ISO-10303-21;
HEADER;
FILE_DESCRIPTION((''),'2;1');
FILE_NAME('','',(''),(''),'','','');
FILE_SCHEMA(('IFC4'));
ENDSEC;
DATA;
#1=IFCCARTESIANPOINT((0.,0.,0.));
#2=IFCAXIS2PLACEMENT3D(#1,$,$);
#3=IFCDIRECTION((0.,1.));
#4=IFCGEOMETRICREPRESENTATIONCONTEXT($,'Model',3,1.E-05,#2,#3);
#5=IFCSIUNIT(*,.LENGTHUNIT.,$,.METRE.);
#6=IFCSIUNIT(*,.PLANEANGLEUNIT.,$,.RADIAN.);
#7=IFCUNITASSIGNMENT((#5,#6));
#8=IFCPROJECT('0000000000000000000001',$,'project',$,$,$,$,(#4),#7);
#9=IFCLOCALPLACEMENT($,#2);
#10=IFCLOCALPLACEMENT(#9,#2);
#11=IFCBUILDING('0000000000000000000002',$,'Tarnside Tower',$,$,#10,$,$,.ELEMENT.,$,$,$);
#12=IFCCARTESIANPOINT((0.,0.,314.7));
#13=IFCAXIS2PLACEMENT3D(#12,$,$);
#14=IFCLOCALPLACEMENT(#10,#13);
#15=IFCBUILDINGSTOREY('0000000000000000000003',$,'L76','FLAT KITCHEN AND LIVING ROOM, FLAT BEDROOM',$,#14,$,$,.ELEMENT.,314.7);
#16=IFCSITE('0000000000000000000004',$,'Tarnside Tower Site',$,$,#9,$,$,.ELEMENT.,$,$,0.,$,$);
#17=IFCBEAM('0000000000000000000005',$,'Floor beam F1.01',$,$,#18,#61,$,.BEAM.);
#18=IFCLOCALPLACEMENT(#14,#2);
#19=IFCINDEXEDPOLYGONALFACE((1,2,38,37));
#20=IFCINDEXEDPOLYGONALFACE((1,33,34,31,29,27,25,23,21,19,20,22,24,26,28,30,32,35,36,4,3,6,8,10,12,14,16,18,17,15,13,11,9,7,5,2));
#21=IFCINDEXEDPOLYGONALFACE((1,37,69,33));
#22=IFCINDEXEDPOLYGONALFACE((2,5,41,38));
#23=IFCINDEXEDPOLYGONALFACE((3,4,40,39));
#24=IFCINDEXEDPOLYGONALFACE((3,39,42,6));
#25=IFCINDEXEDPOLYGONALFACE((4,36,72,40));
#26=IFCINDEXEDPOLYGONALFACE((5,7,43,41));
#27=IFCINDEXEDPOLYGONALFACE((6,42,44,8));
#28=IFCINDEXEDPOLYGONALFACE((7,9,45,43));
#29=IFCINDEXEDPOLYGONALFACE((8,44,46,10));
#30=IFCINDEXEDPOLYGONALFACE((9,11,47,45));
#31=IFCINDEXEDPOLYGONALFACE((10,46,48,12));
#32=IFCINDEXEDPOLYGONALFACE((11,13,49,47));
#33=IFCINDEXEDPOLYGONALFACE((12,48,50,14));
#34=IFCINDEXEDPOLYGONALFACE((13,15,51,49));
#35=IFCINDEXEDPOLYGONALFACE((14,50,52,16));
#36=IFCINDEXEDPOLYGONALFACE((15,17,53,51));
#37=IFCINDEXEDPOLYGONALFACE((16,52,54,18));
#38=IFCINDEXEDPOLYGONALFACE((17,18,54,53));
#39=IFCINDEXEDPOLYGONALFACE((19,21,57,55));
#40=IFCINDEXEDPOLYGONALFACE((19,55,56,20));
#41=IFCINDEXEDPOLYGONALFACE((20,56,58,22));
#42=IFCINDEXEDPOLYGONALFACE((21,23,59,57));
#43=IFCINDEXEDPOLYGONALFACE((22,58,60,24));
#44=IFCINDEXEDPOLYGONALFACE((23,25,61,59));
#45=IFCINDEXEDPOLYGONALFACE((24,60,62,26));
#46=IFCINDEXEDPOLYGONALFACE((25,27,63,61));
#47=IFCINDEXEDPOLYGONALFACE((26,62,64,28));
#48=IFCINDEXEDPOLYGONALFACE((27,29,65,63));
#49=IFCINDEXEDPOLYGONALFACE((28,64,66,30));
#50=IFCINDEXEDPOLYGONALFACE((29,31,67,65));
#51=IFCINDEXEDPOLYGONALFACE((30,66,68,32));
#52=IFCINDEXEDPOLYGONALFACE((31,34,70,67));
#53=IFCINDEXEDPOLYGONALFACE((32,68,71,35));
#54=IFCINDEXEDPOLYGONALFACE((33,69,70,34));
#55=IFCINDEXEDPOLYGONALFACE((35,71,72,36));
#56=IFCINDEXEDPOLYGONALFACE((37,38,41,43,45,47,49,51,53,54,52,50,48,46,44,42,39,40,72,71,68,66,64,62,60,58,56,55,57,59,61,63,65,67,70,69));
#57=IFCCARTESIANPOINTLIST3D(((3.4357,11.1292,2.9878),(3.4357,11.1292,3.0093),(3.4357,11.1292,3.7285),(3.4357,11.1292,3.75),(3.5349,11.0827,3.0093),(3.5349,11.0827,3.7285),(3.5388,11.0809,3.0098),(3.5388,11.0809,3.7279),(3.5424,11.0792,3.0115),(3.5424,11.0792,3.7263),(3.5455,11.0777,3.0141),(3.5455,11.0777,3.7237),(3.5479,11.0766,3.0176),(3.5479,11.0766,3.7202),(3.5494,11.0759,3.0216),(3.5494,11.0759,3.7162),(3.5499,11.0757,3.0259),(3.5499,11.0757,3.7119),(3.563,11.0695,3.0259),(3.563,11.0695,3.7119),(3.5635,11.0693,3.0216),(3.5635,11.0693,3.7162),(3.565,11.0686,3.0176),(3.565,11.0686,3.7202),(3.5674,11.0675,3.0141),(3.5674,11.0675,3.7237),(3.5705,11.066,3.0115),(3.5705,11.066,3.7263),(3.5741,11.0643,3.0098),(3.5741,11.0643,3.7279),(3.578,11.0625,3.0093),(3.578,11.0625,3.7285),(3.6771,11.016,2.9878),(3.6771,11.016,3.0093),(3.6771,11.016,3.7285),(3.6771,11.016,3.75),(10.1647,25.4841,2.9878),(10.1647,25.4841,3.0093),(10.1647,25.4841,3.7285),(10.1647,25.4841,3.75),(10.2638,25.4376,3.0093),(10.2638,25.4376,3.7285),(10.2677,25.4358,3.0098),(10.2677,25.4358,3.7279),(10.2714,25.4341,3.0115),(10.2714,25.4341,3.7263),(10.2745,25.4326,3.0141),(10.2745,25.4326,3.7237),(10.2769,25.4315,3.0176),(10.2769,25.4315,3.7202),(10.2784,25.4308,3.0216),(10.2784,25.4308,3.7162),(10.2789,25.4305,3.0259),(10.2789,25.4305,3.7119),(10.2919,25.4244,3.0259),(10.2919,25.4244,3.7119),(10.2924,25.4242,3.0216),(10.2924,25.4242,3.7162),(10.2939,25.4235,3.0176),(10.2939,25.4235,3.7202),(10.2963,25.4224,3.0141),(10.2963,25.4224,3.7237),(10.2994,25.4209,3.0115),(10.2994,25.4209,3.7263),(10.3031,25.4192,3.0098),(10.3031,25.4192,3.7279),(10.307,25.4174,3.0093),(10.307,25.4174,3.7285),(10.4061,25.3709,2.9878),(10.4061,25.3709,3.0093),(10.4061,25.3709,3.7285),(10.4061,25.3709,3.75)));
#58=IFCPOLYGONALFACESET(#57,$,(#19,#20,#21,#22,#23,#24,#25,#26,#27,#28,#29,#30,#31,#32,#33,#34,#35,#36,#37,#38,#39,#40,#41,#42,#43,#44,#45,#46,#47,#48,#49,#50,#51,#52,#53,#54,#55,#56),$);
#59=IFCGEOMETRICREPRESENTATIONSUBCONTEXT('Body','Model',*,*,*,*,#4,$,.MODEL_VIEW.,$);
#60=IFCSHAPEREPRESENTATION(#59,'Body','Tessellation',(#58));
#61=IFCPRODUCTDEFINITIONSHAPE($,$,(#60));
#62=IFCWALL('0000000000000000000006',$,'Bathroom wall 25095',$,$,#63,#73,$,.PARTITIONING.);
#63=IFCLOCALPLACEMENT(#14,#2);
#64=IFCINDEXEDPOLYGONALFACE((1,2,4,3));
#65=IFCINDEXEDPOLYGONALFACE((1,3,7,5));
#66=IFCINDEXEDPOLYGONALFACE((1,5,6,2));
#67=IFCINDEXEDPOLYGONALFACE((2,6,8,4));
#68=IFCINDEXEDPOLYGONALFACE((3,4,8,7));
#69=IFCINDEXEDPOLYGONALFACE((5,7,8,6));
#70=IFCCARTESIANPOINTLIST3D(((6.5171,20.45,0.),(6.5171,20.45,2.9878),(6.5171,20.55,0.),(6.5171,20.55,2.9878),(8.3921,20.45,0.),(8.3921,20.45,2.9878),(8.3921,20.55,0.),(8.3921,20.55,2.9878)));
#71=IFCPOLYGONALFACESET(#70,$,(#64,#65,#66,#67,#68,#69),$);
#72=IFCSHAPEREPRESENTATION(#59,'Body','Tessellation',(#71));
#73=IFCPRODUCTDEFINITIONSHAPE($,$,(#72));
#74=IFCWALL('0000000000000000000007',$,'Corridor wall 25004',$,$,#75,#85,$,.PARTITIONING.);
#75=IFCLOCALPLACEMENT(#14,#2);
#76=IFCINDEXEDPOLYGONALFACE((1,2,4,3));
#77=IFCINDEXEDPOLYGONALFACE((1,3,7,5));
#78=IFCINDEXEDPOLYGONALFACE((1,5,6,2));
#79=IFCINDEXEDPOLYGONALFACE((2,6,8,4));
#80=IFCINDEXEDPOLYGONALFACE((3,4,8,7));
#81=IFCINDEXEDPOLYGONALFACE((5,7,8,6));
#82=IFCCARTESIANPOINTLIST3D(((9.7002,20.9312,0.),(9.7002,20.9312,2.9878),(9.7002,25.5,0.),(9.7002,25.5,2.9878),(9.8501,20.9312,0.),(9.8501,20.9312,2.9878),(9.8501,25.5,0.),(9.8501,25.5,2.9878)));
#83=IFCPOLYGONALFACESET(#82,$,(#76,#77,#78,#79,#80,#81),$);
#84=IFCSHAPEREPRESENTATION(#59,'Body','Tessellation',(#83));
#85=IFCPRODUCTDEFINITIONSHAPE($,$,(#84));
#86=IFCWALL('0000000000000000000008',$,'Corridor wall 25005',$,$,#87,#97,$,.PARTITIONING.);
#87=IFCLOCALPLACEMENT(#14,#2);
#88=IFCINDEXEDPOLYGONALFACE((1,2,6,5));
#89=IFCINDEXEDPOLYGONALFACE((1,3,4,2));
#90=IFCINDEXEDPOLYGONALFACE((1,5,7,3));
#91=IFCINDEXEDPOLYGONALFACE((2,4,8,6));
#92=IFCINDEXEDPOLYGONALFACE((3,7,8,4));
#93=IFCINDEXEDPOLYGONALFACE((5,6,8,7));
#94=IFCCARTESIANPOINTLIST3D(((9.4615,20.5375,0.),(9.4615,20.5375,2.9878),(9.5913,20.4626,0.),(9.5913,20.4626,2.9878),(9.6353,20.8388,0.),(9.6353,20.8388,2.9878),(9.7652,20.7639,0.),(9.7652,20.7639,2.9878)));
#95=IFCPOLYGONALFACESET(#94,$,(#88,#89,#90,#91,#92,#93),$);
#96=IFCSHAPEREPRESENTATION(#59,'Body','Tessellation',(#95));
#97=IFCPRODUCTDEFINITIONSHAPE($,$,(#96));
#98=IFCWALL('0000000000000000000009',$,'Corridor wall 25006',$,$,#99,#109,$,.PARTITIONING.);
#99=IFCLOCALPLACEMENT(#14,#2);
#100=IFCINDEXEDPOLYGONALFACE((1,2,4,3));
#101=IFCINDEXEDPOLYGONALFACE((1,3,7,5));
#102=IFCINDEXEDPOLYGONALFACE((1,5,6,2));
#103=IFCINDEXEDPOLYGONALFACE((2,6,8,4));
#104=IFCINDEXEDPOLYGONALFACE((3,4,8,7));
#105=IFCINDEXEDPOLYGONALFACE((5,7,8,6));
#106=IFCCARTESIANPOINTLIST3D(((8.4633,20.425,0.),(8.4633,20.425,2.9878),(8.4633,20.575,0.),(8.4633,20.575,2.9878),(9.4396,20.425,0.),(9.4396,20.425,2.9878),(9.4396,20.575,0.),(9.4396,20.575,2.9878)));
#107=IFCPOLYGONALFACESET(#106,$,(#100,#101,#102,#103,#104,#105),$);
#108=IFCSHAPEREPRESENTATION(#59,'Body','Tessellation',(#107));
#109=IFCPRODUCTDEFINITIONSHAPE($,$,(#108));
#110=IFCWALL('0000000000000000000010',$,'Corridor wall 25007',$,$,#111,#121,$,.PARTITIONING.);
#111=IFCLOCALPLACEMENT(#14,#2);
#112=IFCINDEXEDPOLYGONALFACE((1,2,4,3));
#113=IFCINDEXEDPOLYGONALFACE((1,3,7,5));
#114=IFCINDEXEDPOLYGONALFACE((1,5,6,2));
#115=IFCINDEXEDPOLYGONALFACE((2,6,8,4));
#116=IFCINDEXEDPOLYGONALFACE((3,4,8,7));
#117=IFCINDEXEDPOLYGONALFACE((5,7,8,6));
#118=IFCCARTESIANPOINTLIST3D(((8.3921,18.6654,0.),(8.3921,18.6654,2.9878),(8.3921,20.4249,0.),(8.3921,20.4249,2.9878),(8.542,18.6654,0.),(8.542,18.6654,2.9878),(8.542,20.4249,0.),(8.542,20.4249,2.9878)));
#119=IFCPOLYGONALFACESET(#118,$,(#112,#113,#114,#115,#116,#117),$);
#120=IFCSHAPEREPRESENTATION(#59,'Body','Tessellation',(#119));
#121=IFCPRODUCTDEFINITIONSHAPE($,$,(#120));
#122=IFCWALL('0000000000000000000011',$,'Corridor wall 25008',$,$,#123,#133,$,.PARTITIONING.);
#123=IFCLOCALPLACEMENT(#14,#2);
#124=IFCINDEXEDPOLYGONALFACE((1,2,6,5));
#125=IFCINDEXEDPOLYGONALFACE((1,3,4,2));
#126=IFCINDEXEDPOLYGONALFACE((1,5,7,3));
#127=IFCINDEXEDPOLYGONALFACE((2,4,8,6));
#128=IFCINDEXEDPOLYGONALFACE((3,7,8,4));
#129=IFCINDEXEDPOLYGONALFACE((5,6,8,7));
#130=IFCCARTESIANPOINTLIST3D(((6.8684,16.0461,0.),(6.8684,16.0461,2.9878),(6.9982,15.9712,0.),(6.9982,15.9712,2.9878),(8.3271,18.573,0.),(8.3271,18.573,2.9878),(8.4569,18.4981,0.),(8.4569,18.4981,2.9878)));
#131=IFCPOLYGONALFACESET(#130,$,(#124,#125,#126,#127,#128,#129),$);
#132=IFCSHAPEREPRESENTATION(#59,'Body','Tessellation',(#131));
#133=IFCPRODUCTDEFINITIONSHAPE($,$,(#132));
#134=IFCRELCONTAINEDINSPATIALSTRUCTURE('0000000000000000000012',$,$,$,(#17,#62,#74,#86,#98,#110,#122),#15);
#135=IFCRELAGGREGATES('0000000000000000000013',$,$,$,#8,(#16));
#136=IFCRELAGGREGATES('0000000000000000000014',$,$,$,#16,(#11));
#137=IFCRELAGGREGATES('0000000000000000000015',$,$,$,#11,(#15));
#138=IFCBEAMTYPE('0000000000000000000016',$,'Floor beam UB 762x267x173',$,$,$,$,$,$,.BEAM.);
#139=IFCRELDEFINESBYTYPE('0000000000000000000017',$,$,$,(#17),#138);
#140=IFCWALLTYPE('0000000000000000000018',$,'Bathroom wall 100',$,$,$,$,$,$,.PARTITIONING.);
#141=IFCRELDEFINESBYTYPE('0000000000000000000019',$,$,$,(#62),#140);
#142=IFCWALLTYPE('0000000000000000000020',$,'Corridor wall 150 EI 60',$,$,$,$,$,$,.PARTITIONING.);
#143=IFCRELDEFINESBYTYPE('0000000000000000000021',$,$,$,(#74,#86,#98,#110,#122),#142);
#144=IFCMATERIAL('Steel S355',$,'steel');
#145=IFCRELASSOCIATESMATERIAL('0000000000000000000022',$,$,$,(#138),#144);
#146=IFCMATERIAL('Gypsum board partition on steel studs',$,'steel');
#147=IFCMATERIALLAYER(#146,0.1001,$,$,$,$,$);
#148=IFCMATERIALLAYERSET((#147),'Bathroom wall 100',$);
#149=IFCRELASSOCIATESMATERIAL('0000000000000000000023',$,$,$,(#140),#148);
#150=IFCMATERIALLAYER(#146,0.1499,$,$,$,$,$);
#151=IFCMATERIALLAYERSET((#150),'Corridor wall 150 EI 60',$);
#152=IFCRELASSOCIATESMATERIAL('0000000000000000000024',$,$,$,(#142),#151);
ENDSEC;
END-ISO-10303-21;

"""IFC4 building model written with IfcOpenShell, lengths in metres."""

from ifc_helpers import new_model, si_unit, direction, frame, frame_2d, origin, origin_2d, place, context, subcontext, project, spatial, rectangle, i_section, extrude, material, layer, layer_set, material_profile, profile_set, type_object, element, save


model = new_model("IFC4")

# Units and contexts
model_context = context("Model", 3, precision=1e-05, world=origin(), true_north=direction((0.0, 1.0)))
body_context = subcontext(model_context, "Body", "Model", "MODEL_VIEW")
ifc_project = project(units=[si_unit("LENGTHUNIT", "METRE"), si_unit("PLANEANGLEUNIT", "RADIAN")], contexts=[model_context])

# Site, building, storey
site_placement = place(None, origin())
site = spatial("IfcSite", under=ifc_project, at=site_placement, Name="Tarnside Tower Site", CompositionType="ELEMENT", RefElevation=0.0)
building_placement = place(site_placement, origin())
building = spatial("IfcBuilding", under=site, at=building_placement, Name="Tarnside Tower", CompositionType="ELEMENT")
storey_placement = place(building_placement, frame((0.0, 0.0, 314.7)))
storey = spatial("IfcBuildingStorey", under=building, at=storey_placement, Name="L76", Description="FLAT KITCHEN AND LIVING ROOM, FLAT BEDROOM", CompositionType="ELEMENT", Elevation=314.7)

# Beam
ifc_material_1 = material(Name="Steel S355", Category="steel")
ifc_material_profile = material_profile(ifc_material_1, i_section(OverallWidth=0.2666, OverallDepth=0.7622, WebThickness=0.0144, FlangeThickness=0.0215, FilletRadius=0.0166, at=origin_2d()), Name="UB 762x267x173")
ifc_profile_set = profile_set([ifc_material_profile], Name="Steel S355")
beam_type = type_object("IfcBeamType", Name="Floor beam UB 762x267x173", PredefinedType="BEAM", material=ifc_profile_set)
beam_placement = place(storey_placement, frame((10.2854, 25.4275, 3.3689), z_axis=(-0.424439, -0.905456, 0.0), x_axis=(0.905456, -0.424439, 0.0)))
element("IfcBeam", 1, at=beam_placement, inside=storey, type_object=beam_type, Name="Floor beam F1.01", PredefinedType="BEAM", context=body_context, shape_type="SweptSolid", body=[
    extrude(i_section(OverallWidth=0.2666, OverallDepth=0.7622, WebThickness=0.0144, FlangeThickness=0.0215, FilletRadius=0.0166, at=origin_2d()), origin(), (0.0, 0.0, 1.0), 15.8538),
])

# Walls
ifc_material_2 = material(Name="Gypsum board partition on steel studs", Category="steel")
ifc_layer_1 = layer(ifc_material_2, 0.1001)
ifc_layer_set_1 = layer_set([ifc_layer_1], Name="Bathroom wall 100")
wall_type_1 = type_object("IfcWallType", Name="Bathroom wall 100", PredefinedType="PARTITIONING", material=ifc_layer_set_1)
wall_1_placement = place(storey_placement, frame((6.5171, 20.5, 0.0), z_axis=(0.0, 0.0, 1.0), x_axis=(1.0, 0.0, 0.0)))
element("IfcWall", 2, at=wall_1_placement, inside=storey, type_object=wall_type_1, Name="Bathroom wall 25095", PredefinedType="PARTITIONING", context=body_context, shape_type="SweptSolid", body=[
    extrude(rectangle(XDim=1.875, YDim=0.1001, at=frame_2d((0.9375, 0.0))), origin(), (0.0, 0.0, 1.0), 2.9878),
])
ifc_layer_2 = layer(ifc_material_2, 0.1499)
ifc_layer_set_2 = layer_set([ifc_layer_2], Name="Corridor wall 150 EI 60")
wall_type_2 = type_object("IfcWallType", Name="Corridor wall 150 EI 60", PredefinedType="PARTITIONING", material=ifc_layer_set_2)
wall_2_placement = place(storey_placement, frame((9.7751, 25.5, 0.0), z_axis=(0.0, 0.0, 1.0), x_axis=(0.0, -1.0, 0.0)))
element("IfcWall", 3, at=wall_2_placement, inside=storey, type_object=wall_type_2, Name="Corridor wall 25004", PredefinedType="PARTITIONING", context=body_context, shape_type="SweptSolid", body=[
    extrude(rectangle(XDim=4.5688, YDim=0.1499, at=frame_2d((2.2844, 0.0))), origin(), (0.0, 0.0, 1.0), 2.9878),
])
wall_3_placement = place(storey_placement, frame((9.7002, 20.8013, 0.0), z_axis=(0.0, 0.0, 1.0), x_axis=(-0.499763, -0.866162, 0.0)))
element("IfcWall", 4, at=wall_3_placement, inside=storey, type_object=wall_type_2, Name="Corridor wall 25005", PredefinedType="PARTITIONING", context=body_context, shape_type="SweptSolid", body=[
    extrude(rectangle(XDim=0.3479, YDim=0.1499, at=frame_2d((0.1738, 0.0))), origin(), (0.0, 0.0, 1.0), 2.9878),
])
wall_4_placement = place(storey_placement, frame((9.4397, 20.5, 0.0), z_axis=(0.0, 0.0, 1.0), x_axis=(-1.0, 0.0, 0.0)))
element("IfcWall", 5, at=wall_4_placement, inside=storey, type_object=wall_type_2, Name="Corridor wall 25006", PredefinedType="PARTITIONING", context=body_context, shape_type="SweptSolid", body=[
    extrude(rectangle(XDim=0.9763, YDim=0.1499, at=frame_2d((0.4883, 0.0))), origin(), (0.0, 0.0, 1.0), 2.9878),
])
wall_5_placement = place(storey_placement, frame((8.467, 20.425, 0.0), z_axis=(0.0, 0.0, 1.0), x_axis=(0.0, -1.0, 0.0)))
element("IfcWall", 6, at=wall_5_placement, inside=storey, type_object=wall_type_2, Name="Corridor wall 25007", PredefinedType="PARTITIONING", context=body_context, shape_type="SweptSolid", body=[
    extrude(rectangle(XDim=1.7595, YDim=0.1499, at=frame_2d((0.8799, 0.0))), origin(), (0.0, 0.0, 1.0), 2.9878),
])
wall_6_placement = place(storey_placement, frame((8.3921, 18.5356, 0.0), z_axis=(0.0, 0.0, 1.0), x_axis=(-0.499964, -0.866046, 0.0)))
element("IfcWall", 7, at=wall_6_placement, inside=storey, type_object=wall_type_2, Name="Corridor wall 25008", PredefinedType="PARTITIONING", context=body_context, shape_type="SweptSolid", body=[
    extrude(rectangle(XDim=2.9177, YDim=0.1499, at=frame_2d((1.459, 0.0))), origin(), (0.0, 0.0, 1.0), 2.9878),
])

save(model, "model.ifc")
